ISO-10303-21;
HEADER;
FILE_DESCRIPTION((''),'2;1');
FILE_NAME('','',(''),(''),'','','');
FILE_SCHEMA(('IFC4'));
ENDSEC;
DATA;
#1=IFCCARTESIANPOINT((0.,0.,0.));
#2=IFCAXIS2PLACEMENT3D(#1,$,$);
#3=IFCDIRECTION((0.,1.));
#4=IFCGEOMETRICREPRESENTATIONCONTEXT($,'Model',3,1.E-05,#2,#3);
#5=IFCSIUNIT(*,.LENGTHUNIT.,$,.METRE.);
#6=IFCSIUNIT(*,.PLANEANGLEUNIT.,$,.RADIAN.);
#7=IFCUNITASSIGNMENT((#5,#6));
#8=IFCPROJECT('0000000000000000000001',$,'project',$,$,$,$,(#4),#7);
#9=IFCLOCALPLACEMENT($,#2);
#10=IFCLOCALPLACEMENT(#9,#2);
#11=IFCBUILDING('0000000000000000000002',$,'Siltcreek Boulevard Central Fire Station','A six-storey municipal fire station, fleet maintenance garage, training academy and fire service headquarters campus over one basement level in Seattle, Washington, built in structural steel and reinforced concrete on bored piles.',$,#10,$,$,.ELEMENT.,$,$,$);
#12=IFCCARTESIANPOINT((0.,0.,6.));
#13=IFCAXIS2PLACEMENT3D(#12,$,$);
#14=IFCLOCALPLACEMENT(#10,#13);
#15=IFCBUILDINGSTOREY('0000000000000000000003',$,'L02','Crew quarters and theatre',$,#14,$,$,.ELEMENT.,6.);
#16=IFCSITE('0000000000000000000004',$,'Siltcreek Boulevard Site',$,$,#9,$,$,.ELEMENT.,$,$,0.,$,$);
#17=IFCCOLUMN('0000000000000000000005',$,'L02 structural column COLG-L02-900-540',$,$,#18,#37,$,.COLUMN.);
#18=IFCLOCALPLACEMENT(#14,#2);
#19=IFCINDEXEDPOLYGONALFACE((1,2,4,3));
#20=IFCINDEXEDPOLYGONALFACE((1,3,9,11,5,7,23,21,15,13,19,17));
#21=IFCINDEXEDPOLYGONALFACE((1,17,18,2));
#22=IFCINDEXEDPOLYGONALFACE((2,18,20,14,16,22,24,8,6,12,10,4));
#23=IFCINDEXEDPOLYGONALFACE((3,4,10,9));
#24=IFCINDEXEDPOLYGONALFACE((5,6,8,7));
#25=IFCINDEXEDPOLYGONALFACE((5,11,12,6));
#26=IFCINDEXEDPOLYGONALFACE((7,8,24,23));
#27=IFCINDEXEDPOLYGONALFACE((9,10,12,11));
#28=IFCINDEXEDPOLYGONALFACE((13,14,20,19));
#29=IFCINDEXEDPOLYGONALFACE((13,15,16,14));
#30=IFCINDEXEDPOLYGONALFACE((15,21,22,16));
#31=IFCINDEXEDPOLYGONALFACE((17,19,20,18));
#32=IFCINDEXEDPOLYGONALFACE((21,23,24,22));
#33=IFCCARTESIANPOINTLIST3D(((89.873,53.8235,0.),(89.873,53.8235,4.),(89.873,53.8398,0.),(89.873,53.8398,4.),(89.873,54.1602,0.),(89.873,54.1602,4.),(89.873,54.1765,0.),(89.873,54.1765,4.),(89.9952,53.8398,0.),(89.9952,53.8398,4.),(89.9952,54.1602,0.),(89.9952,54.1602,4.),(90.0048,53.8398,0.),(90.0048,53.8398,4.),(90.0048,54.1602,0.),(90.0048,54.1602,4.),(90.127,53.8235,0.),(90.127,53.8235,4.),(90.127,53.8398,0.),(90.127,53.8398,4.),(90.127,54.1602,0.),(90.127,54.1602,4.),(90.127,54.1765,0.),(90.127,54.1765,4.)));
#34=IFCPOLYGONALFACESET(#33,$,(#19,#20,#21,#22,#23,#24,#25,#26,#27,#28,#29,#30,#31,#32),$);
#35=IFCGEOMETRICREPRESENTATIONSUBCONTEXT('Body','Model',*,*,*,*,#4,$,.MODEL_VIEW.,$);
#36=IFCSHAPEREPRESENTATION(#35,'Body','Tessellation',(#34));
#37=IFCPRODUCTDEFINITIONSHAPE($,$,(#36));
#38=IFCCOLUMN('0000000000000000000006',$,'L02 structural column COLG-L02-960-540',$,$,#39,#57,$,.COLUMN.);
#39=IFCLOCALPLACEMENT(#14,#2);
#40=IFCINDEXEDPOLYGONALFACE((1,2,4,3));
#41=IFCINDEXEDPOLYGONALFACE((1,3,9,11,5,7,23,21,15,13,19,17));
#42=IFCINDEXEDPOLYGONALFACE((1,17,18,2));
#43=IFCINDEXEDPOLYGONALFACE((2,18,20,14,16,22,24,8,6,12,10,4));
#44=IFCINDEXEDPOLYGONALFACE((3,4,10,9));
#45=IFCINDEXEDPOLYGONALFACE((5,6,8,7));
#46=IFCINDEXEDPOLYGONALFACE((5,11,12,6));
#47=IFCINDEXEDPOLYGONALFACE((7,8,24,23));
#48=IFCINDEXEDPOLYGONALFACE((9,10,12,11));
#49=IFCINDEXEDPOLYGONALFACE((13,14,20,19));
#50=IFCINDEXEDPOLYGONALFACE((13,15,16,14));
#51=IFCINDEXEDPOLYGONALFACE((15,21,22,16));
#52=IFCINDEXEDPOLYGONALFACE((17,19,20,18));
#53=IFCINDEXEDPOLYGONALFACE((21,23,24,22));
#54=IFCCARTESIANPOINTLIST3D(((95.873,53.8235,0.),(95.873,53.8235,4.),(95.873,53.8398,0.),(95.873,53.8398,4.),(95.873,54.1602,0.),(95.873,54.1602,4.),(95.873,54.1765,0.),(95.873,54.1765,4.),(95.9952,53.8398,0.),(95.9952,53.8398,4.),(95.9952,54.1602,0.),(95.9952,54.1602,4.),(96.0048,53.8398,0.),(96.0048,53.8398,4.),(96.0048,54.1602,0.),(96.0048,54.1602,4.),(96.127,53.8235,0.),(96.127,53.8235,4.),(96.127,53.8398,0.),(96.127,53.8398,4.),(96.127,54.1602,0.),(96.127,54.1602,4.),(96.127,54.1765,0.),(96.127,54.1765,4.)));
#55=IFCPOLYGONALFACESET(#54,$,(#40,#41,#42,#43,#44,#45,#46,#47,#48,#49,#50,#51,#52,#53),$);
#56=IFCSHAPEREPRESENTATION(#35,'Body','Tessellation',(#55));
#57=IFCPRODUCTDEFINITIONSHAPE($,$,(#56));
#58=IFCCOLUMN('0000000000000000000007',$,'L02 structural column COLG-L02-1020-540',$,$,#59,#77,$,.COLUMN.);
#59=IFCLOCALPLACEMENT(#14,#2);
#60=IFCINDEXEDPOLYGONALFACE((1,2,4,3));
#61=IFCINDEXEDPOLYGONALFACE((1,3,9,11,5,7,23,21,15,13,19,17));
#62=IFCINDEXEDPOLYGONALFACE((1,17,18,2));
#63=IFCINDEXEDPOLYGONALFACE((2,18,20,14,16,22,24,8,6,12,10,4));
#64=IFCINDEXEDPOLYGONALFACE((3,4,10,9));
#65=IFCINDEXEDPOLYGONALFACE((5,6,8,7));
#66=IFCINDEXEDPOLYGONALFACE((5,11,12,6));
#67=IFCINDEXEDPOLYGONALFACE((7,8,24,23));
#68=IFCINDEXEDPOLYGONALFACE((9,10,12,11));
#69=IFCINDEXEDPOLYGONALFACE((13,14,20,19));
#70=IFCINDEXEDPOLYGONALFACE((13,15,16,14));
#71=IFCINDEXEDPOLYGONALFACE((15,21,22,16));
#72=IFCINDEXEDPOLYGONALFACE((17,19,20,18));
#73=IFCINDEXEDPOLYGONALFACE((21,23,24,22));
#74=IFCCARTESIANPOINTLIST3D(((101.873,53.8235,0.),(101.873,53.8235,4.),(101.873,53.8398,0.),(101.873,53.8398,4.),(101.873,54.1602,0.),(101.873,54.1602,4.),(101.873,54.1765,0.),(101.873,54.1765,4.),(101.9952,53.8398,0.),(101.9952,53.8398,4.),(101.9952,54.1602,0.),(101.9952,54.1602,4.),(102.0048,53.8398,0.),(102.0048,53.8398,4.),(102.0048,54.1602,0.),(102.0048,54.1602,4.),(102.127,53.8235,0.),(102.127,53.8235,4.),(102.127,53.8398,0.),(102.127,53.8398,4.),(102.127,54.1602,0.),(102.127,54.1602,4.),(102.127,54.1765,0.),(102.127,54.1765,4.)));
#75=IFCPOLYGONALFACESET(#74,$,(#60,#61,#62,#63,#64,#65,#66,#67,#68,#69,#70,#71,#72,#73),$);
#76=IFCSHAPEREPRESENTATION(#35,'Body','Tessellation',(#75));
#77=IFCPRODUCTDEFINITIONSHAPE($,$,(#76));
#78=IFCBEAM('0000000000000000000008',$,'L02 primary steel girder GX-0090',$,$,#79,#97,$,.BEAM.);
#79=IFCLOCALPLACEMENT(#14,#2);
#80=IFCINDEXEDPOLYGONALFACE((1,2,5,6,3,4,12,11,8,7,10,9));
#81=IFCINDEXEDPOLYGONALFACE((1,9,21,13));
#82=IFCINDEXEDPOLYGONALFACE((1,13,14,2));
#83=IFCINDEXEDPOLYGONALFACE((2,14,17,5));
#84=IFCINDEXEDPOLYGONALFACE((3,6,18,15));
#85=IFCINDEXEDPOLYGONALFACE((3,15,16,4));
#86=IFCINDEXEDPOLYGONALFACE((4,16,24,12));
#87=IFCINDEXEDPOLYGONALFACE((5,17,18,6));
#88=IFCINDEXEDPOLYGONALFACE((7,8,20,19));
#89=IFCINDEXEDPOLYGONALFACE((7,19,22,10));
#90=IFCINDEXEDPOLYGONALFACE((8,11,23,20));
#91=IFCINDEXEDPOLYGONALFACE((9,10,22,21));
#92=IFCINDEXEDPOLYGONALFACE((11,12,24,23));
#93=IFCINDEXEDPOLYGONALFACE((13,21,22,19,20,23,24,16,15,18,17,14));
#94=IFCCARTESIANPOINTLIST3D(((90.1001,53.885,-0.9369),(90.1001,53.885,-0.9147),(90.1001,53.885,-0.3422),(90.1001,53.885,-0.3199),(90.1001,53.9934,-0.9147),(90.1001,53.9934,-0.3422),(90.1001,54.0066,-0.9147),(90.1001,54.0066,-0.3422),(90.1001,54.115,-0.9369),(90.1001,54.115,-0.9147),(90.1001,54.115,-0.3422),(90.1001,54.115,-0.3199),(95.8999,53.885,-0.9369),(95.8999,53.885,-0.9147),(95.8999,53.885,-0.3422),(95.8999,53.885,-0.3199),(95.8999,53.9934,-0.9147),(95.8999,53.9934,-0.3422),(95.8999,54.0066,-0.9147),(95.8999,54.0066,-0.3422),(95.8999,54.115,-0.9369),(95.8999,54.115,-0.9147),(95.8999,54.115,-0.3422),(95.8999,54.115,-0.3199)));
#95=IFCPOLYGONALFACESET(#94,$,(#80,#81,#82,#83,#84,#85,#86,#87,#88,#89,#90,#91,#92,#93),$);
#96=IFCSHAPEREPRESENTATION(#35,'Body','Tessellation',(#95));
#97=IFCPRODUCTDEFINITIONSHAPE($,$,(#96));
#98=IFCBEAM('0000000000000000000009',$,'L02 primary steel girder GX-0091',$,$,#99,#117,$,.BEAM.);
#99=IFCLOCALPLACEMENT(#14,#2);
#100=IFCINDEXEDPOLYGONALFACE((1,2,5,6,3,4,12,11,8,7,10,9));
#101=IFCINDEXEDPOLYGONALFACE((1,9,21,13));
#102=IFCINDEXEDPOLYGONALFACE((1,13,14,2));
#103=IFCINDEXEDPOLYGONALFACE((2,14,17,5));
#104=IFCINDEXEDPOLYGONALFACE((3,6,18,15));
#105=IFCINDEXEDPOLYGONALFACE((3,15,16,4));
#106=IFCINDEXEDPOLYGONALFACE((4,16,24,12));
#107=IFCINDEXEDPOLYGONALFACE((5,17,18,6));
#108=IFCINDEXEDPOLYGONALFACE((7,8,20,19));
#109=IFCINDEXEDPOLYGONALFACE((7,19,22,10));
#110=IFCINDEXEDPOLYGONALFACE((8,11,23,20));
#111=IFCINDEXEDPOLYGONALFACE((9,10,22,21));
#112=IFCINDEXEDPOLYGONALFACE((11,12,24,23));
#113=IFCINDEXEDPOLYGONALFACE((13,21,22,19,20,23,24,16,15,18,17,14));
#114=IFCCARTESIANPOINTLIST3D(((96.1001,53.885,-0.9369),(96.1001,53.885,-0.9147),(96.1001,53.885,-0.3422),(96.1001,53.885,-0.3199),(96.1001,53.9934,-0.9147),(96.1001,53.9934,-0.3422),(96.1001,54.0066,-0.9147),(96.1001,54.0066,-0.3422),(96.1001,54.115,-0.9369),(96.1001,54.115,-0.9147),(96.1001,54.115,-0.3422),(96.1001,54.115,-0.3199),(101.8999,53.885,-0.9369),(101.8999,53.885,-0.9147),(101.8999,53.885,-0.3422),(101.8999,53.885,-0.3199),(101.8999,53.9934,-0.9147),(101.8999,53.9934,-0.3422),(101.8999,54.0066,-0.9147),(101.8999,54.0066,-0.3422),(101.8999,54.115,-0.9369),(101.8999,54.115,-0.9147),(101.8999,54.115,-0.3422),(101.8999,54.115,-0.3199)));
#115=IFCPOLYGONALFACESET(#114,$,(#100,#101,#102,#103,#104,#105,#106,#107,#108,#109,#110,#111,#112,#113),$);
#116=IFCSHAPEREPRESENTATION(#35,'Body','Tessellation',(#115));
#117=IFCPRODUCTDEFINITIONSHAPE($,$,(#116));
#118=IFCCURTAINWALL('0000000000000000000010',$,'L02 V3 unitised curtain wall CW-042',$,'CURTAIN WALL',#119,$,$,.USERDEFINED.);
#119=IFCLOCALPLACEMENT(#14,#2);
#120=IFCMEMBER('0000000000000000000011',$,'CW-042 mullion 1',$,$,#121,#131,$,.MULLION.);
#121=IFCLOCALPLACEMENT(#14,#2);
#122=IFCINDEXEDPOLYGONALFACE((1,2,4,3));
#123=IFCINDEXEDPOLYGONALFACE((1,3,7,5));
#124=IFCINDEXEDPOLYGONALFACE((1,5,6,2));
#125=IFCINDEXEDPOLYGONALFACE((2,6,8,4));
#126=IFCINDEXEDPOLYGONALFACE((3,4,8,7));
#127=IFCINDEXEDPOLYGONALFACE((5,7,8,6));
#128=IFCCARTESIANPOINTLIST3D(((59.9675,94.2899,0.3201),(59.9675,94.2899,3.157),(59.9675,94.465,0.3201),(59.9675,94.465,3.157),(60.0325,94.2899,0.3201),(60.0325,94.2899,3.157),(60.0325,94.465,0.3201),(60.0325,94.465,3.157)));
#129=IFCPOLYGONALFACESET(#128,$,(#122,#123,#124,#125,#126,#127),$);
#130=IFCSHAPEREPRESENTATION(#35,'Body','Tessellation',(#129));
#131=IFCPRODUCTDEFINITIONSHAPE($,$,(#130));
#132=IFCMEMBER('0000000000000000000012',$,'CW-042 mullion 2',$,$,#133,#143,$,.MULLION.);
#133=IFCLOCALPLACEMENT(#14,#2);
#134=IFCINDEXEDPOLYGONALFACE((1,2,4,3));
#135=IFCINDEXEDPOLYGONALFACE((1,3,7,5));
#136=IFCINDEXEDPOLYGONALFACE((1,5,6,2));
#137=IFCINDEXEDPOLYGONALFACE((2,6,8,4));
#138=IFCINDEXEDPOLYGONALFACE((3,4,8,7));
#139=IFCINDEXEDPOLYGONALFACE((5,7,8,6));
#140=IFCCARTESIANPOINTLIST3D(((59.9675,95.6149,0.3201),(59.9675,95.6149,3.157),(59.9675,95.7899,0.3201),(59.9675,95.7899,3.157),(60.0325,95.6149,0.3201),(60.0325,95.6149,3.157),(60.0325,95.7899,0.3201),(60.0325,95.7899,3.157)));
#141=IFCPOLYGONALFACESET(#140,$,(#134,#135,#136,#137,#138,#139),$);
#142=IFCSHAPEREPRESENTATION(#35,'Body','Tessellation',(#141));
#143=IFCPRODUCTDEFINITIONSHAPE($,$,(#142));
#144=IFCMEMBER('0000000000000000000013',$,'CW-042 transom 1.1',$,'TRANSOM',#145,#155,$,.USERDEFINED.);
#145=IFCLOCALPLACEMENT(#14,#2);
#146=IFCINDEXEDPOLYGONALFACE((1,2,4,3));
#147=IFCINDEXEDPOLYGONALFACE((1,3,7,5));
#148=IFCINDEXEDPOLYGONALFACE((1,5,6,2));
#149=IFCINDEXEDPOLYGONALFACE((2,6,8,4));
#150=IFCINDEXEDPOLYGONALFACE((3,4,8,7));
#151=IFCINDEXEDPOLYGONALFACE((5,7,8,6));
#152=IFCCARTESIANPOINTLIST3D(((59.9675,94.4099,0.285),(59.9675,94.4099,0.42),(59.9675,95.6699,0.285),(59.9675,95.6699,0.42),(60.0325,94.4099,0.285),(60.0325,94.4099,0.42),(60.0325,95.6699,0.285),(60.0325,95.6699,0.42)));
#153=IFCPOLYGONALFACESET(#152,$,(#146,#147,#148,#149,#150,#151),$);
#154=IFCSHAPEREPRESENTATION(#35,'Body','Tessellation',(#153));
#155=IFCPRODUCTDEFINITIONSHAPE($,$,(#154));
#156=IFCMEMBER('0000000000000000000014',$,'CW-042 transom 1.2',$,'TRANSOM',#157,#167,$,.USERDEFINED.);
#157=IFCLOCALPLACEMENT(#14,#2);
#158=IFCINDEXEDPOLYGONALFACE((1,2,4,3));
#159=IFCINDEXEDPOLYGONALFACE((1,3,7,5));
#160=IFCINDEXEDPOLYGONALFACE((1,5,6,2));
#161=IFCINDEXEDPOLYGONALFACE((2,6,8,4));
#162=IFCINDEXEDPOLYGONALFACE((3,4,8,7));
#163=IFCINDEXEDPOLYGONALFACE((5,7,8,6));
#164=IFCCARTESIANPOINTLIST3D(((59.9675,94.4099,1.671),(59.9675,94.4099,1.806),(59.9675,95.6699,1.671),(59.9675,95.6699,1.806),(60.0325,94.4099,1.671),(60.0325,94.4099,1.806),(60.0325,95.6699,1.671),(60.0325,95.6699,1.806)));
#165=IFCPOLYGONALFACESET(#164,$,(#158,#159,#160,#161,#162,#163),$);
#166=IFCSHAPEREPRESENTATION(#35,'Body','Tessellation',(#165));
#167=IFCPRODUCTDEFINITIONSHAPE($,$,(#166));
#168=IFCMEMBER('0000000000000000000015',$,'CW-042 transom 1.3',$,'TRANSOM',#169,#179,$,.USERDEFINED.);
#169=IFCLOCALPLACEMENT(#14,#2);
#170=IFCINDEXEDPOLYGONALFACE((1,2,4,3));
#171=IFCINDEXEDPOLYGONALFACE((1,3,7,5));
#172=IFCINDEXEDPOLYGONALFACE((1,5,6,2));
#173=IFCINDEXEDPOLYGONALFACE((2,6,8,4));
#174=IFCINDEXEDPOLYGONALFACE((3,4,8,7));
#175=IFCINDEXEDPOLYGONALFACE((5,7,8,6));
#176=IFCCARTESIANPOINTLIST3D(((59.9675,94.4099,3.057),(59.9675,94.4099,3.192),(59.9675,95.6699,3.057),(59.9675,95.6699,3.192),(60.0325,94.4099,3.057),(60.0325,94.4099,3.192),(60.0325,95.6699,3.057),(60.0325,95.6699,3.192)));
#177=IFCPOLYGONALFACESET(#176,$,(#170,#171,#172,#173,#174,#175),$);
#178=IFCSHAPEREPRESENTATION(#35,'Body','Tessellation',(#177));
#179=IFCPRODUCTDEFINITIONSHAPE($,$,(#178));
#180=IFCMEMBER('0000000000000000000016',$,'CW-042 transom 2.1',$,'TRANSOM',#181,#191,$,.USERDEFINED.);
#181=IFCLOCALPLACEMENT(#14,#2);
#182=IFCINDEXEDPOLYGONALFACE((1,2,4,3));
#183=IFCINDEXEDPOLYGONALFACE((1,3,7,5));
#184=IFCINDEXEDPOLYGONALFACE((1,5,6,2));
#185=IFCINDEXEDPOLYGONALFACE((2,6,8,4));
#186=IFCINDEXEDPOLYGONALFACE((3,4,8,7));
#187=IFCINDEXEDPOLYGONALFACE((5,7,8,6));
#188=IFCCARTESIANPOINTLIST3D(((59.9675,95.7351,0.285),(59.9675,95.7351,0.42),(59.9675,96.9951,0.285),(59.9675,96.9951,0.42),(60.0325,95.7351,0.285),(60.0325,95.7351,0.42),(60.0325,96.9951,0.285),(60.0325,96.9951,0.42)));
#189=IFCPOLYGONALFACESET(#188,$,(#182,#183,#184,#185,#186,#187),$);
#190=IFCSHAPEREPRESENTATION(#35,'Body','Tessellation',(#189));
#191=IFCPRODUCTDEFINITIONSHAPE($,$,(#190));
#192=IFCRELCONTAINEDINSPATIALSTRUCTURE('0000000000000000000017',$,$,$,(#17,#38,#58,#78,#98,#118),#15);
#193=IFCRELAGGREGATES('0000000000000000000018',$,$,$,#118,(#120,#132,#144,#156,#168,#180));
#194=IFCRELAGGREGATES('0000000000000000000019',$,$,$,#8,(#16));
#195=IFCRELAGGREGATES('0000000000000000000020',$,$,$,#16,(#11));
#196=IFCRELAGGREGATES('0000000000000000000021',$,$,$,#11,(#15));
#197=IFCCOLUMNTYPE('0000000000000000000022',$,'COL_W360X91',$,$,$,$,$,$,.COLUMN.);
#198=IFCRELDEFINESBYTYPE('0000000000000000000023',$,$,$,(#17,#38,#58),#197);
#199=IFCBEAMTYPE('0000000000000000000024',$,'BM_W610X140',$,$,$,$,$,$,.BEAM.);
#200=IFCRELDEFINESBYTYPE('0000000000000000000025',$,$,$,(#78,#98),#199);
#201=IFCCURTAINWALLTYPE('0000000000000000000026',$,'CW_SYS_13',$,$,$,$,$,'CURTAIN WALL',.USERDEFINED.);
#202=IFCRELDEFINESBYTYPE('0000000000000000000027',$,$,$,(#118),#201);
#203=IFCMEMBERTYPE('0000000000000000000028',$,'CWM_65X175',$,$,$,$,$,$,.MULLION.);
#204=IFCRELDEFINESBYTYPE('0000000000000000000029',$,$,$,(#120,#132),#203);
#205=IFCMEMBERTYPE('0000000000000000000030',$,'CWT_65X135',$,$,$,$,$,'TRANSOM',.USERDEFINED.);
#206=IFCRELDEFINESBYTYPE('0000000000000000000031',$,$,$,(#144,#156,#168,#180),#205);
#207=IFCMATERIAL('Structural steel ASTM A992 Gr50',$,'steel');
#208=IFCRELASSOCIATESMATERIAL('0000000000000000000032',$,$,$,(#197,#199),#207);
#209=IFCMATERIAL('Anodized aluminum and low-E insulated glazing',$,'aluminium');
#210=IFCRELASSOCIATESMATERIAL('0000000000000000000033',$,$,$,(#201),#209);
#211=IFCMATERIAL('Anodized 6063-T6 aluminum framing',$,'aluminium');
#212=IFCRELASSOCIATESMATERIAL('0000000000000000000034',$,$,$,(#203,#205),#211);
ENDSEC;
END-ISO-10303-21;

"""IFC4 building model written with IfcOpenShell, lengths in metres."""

from ifc_helpers import new_model, si_unit, direction, frame, origin, origin_2d, place, context, subcontext, project, spatial, rectangle, i_section, extrude, material, material_profile, profile_set, type_object, element, aggregate, save


model = new_model("IFC4")

# Units and contexts
model_context = context("Model", 3, precision=1e-05, world=origin(), true_north=direction((0.0, 1.0)))
body_context = subcontext(model_context, "Body", "Model", "MODEL_VIEW")
ifc_project = project(units=[si_unit("LENGTHUNIT", "METRE"), si_unit("PLANEANGLEUNIT", "RADIAN")], contexts=[model_context])

# Site, building, storey
site_placement = place(None, origin())
site = spatial("IfcSite", under=ifc_project, at=site_placement, Name="Siltcreek Boulevard Site", CompositionType="ELEMENT", RefElevation=0.0)
building_placement = place(site_placement, origin())
building = spatial("IfcBuilding", under=site, at=building_placement, Name="Siltcreek Boulevard Central Fire Station", Description="A six-storey municipal fire station, fleet maintenance garage, training academy and fire service headquarters campus over one basement level in Seattle, Washington, built in structural steel and reinforced concrete on bored piles.", CompositionType="ELEMENT")
storey_placement = place(building_placement, frame((0.0, 0.0, 6.0)))
storey = spatial("IfcBuildingStorey", under=building, at=storey_placement, Name="L02", Description="Crew quarters and theatre", CompositionType="ELEMENT", Elevation=6.0)

# Columns
ifc_material_1 = material(Name="Structural steel ASTM A992 Gr50", Category="steel")
ifc_material_profile_1 = material_profile(ifc_material_1, i_section(OverallWidth=0.2539, OverallDepth=0.353, WebThickness=0.0095, FlangeThickness=0.0164, at=origin_2d()), Name="W360X91")
ifc_profile_set_1 = profile_set([ifc_material_profile_1], Name="Structural steel ASTM A992 Gr50")
column_type = type_object("IfcColumnType", Name="COL_W360X91", PredefinedType="COLUMN", material=ifc_profile_set_1)
for number, where, z_axis, x_axis, name in (
    (1, (90.0, 54.0, 0.0), (0.0, 0.0, 1.0), (1.0, 0.0, 0.0), "L02 structural column COLG-L02-900-540"),
    (2, (96.0, 54.0, 0.0), (0.0, 0.0, 1.0), (1.0, 0.0, 0.0), "L02 structural column COLG-L02-960-540"),
    (3, (102.0, 54.0, 0.0), (0.0, 0.0, 1.0), (1.0, 0.0, 0.0), "L02 structural column COLG-L02-1020-540"),
):
    element("IfcColumn", number, at=place(storey_placement, frame(where, z_axis=z_axis, x_axis=x_axis)), inside=storey, type_object=column_type, Name=name, PredefinedType="COLUMN", context=body_context, shape_type="SweptSolid", body=[
        extrude(i_section(OverallWidth=0.2539, OverallDepth=0.353, WebThickness=0.0095, FlangeThickness=0.0164, at=origin_2d()), origin(), (0.0, 0.0, 1.0), 4.0),
    ])

# Beams
ifc_material_profile_2 = material_profile(ifc_material_1, i_section(OverallWidth=0.23, OverallDepth=0.6169, WebThickness=0.0132, FlangeThickness=0.0222, at=origin_2d()), Name="W610X140")
ifc_profile_set_2 = profile_set([ifc_material_profile_2], Name="Structural steel ASTM A992 Gr50")
beam_type = type_object("IfcBeamType", Name="BM_W610X140", PredefinedType="BEAM", material=ifc_profile_set_2)
for number, where, z_axis, x_axis, name in (
    (4, (90.1001, 54.0, -0.6284), (1.0, 0.0, 0.0), (0.0, 1.0, 0.0), "L02 primary steel girder GX-0090"),
    (5, (96.1001, 54.0, -0.6284), (1.0, 0.0, 0.0), (0.0, 1.0, 0.0), "L02 primary steel girder GX-0091"),
):
    element("IfcBeam", number, at=place(storey_placement, frame(where, z_axis=z_axis, x_axis=x_axis)), inside=storey, type_object=beam_type, Name=name, PredefinedType="BEAM", context=body_context, shape_type="SweptSolid", body=[
        extrude(i_section(OverallWidth=0.23, OverallDepth=0.6169, WebThickness=0.0132, FlangeThickness=0.0222, at=origin_2d()), origin(), (0.0, 0.0, 1.0), 5.7998),
    ])

# Curtain wall, members
ifc_material_2 = material(Name="Anodized aluminum and low-E insulated glazing", Category="aluminium")
curtain_wall_type = type_object("IfcCurtainWallType", Name="CW_SYS_13", ElementType="CURTAIN WALL", PredefinedType="USERDEFINED", material=ifc_material_2)
curtain_wall_placement = place(storey_placement, origin())
curtain_wall = element("IfcCurtainWall", 6, at=curtain_wall_placement, inside=storey, type_object=curtain_wall_type, Name="L02 V3 unitised curtain wall CW-042", ObjectType="CURTAIN WALL", PredefinedType="USERDEFINED")
ifc_material_3 = material(Name="Anodized 6063-T6 aluminum framing", Category="aluminium")
ifc_material_profile_3 = material_profile(ifc_material_3, rectangle(XDim=0.0649, YDim=0.175, at=origin_2d()), Name="MULL65X175")
ifc_profile_set_3 = profile_set([ifc_material_profile_3], Name="Anodized 6063-T6 aluminum framing")
member_type_1 = type_object("IfcMemberType", Name="CWM_65X175", PredefinedType="MULLION", material=ifc_profile_set_3)
member_1_placement = place(storey_placement, frame((60.0, 94.3774, 0.3201), z_axis=(0.0, 0.0, 1.0), x_axis=(-1.0, 0.0, 0.0)))
member_1 = element("IfcMember", 7, at=member_1_placement, type_object=member_type_1, Name="CW-042 mullion 1", PredefinedType="MULLION", context=body_context, shape_type="SweptSolid", body=[
    extrude(rectangle(XDim=0.0649, YDim=0.175, at=origin_2d()), origin(), (0.0, 0.0, 1.0), 2.8369),
])
member_2_placement = place(storey_placement, frame((60.0, 95.7024, 0.3201), z_axis=(0.0, 0.0, 1.0), x_axis=(-1.0, 0.0, 0.0)))
member_2 = element("IfcMember", 8, at=member_2_placement, type_object=member_type_1, Name="CW-042 mullion 2", PredefinedType="MULLION", context=body_context, shape_type="SweptSolid", body=[
    extrude(rectangle(XDim=0.0649, YDim=0.175, at=origin_2d()), origin(), (0.0, 0.0, 1.0), 2.8369),
])
ifc_material_profile_4 = material_profile(ifc_material_3, rectangle(XDim=0.0649, YDim=0.135, at=origin_2d()), Name="TRAN65X135")
ifc_profile_set_4 = profile_set([ifc_material_profile_4], Name="Anodized 6063-T6 aluminum framing")
member_type_2 = type_object("IfcMemberType", Name="CWT_65X135", ElementType="TRANSOM", PredefinedType="USERDEFINED", material=ifc_profile_set_4)
member_3_placement = place(storey_placement, frame((60.0, 94.4099, 0.3525), z_axis=(0.0, 1.0, 0.0), x_axis=(-1.0, 0.0, 0.0)))
member_3 = element("IfcMember", 9, at=member_3_placement, type_object=member_type_2, Name="CW-042 transom 1.1", ObjectType="TRANSOM", PredefinedType="USERDEFINED", context=body_context, shape_type="SweptSolid", body=[
    extrude(rectangle(XDim=0.0649, YDim=0.135, at=origin_2d()), origin(), (0.0, 0.0, 1.0), 1.26),
])
member_4_placement = place(storey_placement, frame((60.0, 94.4099, 1.7385), z_axis=(0.0, 1.0, 0.0), x_axis=(-1.0, 0.0, 0.0)))
member_4 = element("IfcMember", 10, at=member_4_placement, type_object=member_type_2, Name="CW-042 transom 1.2", ObjectType="TRANSOM", PredefinedType="USERDEFINED", context=body_context, shape_type="SweptSolid", body=[
    extrude(rectangle(XDim=0.0649, YDim=0.135, at=origin_2d()), origin(), (0.0, 0.0, 1.0), 1.26),
])
member_5_placement = place(storey_placement, frame((60.0, 94.4099, 3.1245), z_axis=(0.0, 1.0, 0.0), x_axis=(-1.0, 0.0, 0.0)))
member_5 = element("IfcMember", 11, at=member_5_placement, type_object=member_type_2, Name="CW-042 transom 1.3", ObjectType="TRANSOM", PredefinedType="USERDEFINED", context=body_context, shape_type="SweptSolid", body=[
    extrude(rectangle(XDim=0.0649, YDim=0.135, at=origin_2d()), origin(), (0.0, 0.0, 1.0), 1.26),
])
member_6_placement = place(storey_placement, frame((60.0, 95.7351, 0.3525), z_axis=(0.0, 1.0, 0.0), x_axis=(-1.0, 0.0, 0.0)))
member_6 = element("IfcMember", 12, at=member_6_placement, type_object=member_type_2, Name="CW-042 transom 2.1", ObjectType="TRANSOM", PredefinedType="USERDEFINED", context=body_context, shape_type="SweptSolid", body=[
    extrude(rectangle(XDim=0.0649, YDim=0.135, at=origin_2d()), origin(), (0.0, 0.0, 1.0), 1.26),
])
aggregate(curtain_wall, [member_1, member_2, member_3, member_4, member_5, member_6])

save(model, "model.ifc")
